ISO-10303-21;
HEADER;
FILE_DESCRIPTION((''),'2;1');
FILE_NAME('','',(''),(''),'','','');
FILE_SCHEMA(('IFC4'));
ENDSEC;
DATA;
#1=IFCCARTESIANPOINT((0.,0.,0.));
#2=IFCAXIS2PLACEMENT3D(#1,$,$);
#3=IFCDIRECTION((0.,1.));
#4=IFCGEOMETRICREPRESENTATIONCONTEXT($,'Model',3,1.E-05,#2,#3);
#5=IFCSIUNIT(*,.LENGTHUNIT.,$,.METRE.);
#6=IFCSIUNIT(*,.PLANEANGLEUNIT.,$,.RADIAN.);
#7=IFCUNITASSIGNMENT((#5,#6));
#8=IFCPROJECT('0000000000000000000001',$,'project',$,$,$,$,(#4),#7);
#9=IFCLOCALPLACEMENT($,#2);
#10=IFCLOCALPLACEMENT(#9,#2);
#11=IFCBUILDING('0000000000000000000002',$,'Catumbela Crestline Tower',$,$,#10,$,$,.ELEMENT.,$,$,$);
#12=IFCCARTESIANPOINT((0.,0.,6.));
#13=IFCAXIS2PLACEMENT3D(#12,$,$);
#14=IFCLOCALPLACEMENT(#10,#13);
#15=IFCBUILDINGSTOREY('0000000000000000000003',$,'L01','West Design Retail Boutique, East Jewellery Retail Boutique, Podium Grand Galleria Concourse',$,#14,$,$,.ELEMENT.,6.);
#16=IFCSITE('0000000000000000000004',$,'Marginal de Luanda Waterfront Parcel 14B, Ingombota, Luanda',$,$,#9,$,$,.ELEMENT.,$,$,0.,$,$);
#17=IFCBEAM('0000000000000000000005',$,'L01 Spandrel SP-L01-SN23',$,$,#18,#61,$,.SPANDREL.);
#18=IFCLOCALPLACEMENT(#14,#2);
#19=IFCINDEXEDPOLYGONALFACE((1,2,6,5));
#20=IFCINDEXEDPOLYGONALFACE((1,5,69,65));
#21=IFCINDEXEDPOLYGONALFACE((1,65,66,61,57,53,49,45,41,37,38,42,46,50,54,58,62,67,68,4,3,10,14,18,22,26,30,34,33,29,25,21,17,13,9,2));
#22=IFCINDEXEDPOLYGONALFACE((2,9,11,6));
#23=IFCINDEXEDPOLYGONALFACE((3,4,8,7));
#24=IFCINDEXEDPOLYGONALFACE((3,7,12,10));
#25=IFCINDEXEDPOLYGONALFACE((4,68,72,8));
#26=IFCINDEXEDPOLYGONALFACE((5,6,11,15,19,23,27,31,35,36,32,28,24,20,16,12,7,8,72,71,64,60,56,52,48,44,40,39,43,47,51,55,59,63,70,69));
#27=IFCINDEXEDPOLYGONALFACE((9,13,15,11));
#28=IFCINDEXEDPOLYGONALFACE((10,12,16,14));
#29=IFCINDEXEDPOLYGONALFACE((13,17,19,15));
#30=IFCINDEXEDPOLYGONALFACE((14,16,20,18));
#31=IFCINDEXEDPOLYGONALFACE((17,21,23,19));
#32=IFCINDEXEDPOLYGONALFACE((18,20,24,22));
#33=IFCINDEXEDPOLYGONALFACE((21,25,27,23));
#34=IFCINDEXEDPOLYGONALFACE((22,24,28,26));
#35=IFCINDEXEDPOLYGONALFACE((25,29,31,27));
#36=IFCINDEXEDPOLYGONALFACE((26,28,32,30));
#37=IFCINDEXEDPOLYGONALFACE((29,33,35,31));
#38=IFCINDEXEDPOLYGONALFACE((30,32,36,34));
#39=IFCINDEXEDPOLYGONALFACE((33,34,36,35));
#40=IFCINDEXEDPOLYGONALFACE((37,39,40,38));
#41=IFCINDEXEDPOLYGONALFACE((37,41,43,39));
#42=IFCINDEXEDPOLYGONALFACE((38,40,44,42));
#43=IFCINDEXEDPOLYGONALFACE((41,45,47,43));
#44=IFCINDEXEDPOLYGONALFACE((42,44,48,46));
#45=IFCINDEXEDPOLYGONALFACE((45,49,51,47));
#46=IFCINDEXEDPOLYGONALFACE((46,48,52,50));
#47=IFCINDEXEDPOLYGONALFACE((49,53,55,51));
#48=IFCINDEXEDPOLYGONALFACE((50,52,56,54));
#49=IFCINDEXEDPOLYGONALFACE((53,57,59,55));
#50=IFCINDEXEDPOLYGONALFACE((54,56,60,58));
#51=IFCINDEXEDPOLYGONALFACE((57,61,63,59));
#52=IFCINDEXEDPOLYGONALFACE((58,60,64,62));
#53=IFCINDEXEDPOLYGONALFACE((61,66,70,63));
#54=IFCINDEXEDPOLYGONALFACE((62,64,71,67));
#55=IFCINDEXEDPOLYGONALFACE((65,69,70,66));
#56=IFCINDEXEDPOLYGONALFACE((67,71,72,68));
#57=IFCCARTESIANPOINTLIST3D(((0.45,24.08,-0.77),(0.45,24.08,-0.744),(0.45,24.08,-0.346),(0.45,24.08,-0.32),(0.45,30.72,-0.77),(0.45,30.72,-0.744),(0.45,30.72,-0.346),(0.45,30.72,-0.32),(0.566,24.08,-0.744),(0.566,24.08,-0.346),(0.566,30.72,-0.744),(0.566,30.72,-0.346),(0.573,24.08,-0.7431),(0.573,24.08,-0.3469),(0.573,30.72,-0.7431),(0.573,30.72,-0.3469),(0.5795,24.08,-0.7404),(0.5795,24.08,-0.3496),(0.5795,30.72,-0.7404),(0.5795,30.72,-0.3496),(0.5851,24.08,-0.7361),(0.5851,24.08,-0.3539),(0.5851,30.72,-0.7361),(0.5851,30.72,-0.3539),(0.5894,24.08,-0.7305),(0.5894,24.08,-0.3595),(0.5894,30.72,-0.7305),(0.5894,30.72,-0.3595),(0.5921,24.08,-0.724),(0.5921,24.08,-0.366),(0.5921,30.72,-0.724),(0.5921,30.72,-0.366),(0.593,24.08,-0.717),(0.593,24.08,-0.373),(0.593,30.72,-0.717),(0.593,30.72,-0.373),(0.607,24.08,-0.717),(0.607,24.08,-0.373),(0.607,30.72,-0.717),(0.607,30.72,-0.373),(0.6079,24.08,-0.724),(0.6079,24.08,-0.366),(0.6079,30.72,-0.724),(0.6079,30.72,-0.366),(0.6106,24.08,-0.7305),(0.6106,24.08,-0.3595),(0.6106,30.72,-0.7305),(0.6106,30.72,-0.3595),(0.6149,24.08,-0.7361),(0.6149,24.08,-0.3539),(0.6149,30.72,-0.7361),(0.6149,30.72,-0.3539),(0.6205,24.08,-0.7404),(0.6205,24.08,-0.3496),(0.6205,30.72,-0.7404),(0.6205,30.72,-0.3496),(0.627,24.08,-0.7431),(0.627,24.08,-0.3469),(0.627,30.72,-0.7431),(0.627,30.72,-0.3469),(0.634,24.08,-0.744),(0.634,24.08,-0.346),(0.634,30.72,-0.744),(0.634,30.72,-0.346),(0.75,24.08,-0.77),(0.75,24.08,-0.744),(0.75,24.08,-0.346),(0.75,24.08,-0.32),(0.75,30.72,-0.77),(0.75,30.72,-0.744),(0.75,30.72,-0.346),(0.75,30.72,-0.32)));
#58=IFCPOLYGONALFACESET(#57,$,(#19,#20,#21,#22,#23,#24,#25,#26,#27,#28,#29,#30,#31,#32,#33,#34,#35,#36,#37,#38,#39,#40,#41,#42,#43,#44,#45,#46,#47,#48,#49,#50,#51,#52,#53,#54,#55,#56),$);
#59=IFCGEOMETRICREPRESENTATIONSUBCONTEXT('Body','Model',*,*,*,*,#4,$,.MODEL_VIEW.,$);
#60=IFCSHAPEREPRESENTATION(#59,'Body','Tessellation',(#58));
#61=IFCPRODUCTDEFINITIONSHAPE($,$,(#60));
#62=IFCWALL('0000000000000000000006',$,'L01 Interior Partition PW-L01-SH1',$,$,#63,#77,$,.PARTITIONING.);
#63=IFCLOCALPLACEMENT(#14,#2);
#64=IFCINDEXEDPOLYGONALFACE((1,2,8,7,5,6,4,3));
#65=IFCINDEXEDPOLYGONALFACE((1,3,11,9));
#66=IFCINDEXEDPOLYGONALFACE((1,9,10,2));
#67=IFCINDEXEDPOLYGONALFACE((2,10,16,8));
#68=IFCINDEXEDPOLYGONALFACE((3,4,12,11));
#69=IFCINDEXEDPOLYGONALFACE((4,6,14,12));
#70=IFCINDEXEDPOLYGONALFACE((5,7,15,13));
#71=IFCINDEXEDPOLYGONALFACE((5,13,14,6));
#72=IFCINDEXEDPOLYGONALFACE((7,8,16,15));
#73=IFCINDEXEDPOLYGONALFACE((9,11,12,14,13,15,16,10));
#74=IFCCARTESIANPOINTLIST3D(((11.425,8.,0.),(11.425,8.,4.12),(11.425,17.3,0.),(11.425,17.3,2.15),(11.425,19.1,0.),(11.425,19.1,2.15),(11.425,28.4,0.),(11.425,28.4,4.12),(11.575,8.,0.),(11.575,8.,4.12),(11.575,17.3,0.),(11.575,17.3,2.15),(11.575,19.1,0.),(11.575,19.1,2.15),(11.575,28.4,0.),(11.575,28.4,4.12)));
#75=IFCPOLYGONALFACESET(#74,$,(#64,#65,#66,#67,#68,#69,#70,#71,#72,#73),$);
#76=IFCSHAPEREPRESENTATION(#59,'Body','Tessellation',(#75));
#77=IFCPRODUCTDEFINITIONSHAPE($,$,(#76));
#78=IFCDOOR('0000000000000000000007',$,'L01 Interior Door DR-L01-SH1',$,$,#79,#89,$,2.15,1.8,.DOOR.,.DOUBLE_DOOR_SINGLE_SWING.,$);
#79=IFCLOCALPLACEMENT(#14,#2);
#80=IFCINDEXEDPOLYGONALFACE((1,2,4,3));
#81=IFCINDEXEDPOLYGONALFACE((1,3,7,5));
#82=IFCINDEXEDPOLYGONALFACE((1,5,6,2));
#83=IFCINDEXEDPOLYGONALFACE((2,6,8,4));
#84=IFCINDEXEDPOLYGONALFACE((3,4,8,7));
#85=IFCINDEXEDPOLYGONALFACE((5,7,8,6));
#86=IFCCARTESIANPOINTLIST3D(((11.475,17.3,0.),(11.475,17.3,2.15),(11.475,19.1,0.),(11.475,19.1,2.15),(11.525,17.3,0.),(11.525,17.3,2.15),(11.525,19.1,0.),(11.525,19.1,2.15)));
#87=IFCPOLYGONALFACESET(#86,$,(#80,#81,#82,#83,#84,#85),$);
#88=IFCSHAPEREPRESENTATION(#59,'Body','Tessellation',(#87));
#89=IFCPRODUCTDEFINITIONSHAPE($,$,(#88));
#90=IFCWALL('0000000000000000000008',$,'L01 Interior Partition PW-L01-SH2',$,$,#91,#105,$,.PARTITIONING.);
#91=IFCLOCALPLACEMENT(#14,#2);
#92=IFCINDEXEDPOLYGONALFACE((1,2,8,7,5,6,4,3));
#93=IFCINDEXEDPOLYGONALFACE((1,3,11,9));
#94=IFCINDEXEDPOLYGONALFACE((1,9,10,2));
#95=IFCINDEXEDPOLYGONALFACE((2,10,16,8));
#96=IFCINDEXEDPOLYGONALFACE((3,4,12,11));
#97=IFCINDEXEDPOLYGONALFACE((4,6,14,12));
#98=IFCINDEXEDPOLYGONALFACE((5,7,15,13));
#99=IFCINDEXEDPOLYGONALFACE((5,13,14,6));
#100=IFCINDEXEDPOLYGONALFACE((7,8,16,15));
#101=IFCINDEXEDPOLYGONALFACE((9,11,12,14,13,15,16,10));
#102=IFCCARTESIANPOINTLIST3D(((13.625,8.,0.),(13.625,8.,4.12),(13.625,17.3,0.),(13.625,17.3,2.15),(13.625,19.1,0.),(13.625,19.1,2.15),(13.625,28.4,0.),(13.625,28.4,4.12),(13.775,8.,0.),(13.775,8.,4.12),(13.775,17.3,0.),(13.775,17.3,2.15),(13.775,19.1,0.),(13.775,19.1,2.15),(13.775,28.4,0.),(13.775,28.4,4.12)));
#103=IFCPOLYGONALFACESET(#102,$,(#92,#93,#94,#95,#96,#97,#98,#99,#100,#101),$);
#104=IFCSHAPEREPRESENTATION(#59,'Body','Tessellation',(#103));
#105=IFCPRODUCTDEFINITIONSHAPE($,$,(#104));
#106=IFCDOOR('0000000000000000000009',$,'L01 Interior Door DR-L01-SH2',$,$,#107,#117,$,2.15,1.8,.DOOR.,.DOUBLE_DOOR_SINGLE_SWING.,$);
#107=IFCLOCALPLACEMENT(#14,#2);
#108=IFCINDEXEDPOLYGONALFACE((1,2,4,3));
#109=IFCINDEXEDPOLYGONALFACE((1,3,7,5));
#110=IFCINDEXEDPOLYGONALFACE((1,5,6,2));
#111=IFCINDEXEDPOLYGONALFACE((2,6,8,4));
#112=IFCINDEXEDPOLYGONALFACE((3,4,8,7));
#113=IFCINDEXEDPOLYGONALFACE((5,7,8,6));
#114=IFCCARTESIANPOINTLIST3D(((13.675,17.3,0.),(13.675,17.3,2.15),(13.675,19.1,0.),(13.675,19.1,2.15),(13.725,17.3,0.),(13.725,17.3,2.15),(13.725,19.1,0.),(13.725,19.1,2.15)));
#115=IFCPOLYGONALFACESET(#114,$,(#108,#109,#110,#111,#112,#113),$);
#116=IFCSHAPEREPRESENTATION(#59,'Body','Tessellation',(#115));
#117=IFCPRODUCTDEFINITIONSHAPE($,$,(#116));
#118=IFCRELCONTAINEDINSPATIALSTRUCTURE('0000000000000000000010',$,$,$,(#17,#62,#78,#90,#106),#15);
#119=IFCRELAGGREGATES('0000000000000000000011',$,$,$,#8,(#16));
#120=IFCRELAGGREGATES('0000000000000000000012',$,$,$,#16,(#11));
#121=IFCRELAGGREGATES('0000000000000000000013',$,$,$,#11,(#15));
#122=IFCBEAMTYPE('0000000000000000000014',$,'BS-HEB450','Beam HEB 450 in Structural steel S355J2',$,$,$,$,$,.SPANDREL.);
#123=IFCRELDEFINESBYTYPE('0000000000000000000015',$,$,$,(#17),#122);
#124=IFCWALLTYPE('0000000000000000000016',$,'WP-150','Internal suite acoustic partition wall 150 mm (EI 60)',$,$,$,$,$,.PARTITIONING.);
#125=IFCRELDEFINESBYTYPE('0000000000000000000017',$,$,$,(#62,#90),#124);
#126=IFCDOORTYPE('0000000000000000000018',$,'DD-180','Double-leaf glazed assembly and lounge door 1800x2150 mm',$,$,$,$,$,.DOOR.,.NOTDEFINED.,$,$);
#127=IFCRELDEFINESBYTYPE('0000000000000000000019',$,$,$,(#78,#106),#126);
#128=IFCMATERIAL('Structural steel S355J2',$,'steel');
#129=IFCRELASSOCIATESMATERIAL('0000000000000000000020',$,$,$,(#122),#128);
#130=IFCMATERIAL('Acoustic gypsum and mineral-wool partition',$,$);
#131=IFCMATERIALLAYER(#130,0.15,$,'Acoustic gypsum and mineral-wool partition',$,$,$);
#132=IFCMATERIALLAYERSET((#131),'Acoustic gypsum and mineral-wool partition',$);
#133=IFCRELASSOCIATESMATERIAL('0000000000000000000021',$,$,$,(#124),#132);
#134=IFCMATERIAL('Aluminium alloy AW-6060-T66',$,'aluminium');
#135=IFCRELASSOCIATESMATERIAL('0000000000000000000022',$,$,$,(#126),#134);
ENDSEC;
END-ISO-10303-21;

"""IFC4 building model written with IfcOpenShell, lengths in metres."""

from ifc_helpers import new_model, si_unit, direction, frame, frame_2d, origin, origin_2d, place, context, subcontext, project, spatial, rectangle, i_section, extrude, material, layer, layer_set, material_profile, profile_set, type_object, element, fill, save


model = new_model("IFC4")

# Units and contexts
model_context = context("Model", 3, precision=1e-05, world=origin(), true_north=direction((0.0, 1.0)))
body_context = subcontext(model_context, "Body", "Model", "MODEL_VIEW")
ifc_project = project(units=[si_unit("LENGTHUNIT", "METRE"), si_unit("PLANEANGLEUNIT", "RADIAN")], contexts=[model_context])

# Site, building, storey
site_placement = place(None, origin())
site = spatial("IfcSite", under=ifc_project, at=site_placement, Name="Marginal de Luanda Waterfront Parcel 14B, Ingombota, Luanda", CompositionType="ELEMENT", RefElevation=0.0)
building_placement = place(site_placement, origin())
building = spatial("IfcBuilding", under=site, at=building_placement, Name="Catumbela Crestline Tower", CompositionType="ELEMENT")
storey_placement = place(building_placement, frame((0.0, 0.0, 6.0)))
storey = spatial("IfcBuildingStorey", under=building, at=storey_placement, Name="L01", Description="West Design Retail Boutique, East Jewellery Retail Boutique, Podium Grand Galleria Concourse", CompositionType="ELEMENT", Elevation=6.0)

# Shared definitions
ifc_material_1 = material(Name="Structural steel S355J2", Category="steel")

# Beam
ifc_material_profile_1 = material_profile(ifc_material_1, i_section(OverallWidth=0.3, OverallDepth=0.45, WebThickness=0.014, FlangeThickness=0.026, FilletRadius=0.027, at=origin_2d()), Name="HEB 450")
ifc_profile_set_1 = profile_set([ifc_material_profile_1], Name="Structural steel S355J2")
beam_type_1 = type_object("IfcBeamType", Name="BS-HEB450", Description="Beam HEB 450 in Structural steel S355J2", PredefinedType="SPANDREL", material=ifc_profile_set_1)
beam_1_placement = place(storey_placement, frame((0.6, 24.08, -0.545), z_axis=(0.0, 1.0, 0.0), x_axis=(-1.0, 0.0, 0.0)))
element("IfcBeam", 1, at=beam_1_placement, inside=storey, type_object=beam_type_1, Name="L01 Spandrel SP-L01-SN23", PredefinedType="SPANDREL", context=body_context, shape_type="SweptSolid", body=[
    extrude(i_section(OverallWidth=0.3, OverallDepth=0.45, WebThickness=0.014, FlangeThickness=0.026, FilletRadius=0.027, at=origin_2d()), origin(), (0.0, 0.0, 1.0), 6.64),
])

# Walls, openings, doors
ifc_material_2 = material(Name="Acoustic gypsum and mineral-wool partition")
ifc_layer = layer(ifc_material_2, 0.15, Name="Acoustic gypsum and mineral-wool partition")
ifc_layer_set = layer_set([ifc_layer], Name="Acoustic gypsum and mineral-wool partition")
wall_type = type_object("IfcWallType", Name="WP-150", Description="Internal suite acoustic partition wall 150 mm (EI 60)", PredefinedType="PARTITIONING", material=ifc_layer_set)
wall_1_placement = place(storey_placement, frame((11.5, 8.0, 0.0), z_axis=(0.0, 0.0, 1.0), x_axis=(0.0, 1.0, 0.0)))
wall_1 = element("IfcWall", 2, at=wall_1_placement, inside=storey, type_object=wall_type, Name="L01 Interior Partition PW-L01-SH1", PredefinedType="PARTITIONING", context=body_context, shape_type="SweptSolid", body=[
    extrude(rectangle(XDim=20.4, YDim=0.15, at=frame_2d((10.2, 0.0))), origin(), (0.0, 0.0, 1.0), 4.12),
])
opening_1_placement = place(wall_1_placement, frame((9.3, 0.0, 0.0)))
opening_1 = element("IfcOpeningElement", 3, at=opening_1_placement, cuts=wall_1, PredefinedType="OPENING", context=body_context, shape_type="SweptSolid", body=[
    extrude(rectangle(XDim=1.8, YDim=2.15, at=frame_2d((0.9, 1.075))), frame((0.0, 0.085, 0.0), z_axis=(0.0, -1.0, 0.0), x_axis=(1.0, 0.0, 0.0)), (0.0, 0.0, 1.0), 0.17),
])
ifc_material_3 = material(Name="Aluminium alloy AW-6060-T66", Category="aluminium")
door_type = type_object("IfcDoorType", Name="DD-180", Description="Double-leaf glazed assembly and lounge door 1800x2150 mm", OperationType="NOTDEFINED", PredefinedType="DOOR", material=ifc_material_3)
door_1_placement = place(opening_1_placement, origin())
door_1 = element("IfcDoor", 4, at=door_1_placement, inside=storey, type_object=door_type, Name="L01 Interior Door DR-L01-SH1", OperationType="DOUBLE_DOOR_SINGLE_SWING", OverallHeight=2.15, OverallWidth=1.8, PredefinedType="DOOR", context=body_context, shape_type="SweptSolid", body=[
    extrude(rectangle(XDim=1.8, YDim=2.15, at=frame_2d((0.9, 1.075))), frame((0.0, 0.025, 0.0), z_axis=(0.0, -1.0, 0.0), x_axis=(1.0, 0.0, 0.0)), (0.0, 0.0, 1.0), 0.05),
])
fill(opening_1, door_1)
wall_2_placement = place(storey_placement, frame((13.7, 8.0, 0.0), z_axis=(0.0, 0.0, 1.0), x_axis=(0.0, 1.0, 0.0)))
wall_2 = element("IfcWall", 5, at=wall_2_placement, inside=storey, type_object=wall_type, Name="L01 Interior Partition PW-L01-SH2", PredefinedType="PARTITIONING", context=body_context, shape_type="SweptSolid", body=[
    extrude(rectangle(XDim=20.4, YDim=0.15, at=frame_2d((10.2, 0.0))), origin(), (0.0, 0.0, 1.0), 4.12),
])
opening_2_placement = place(wall_2_placement, frame((9.3, 0.0, 0.0)))
opening_2 = element("IfcOpeningElement", 6, at=opening_2_placement, cuts=wall_2, PredefinedType="OPENING", context=body_context, shape_type="SweptSolid", body=[
    extrude(rectangle(XDim=1.8, YDim=2.15, at=frame_2d((0.9, 1.075))), frame((0.0, 0.085, 0.0), z_axis=(0.0, -1.0, 0.0), x_axis=(1.0, 0.0, 0.0)), (0.0, 0.0, 1.0), 0.17),
])
door_2_placement = place(opening_2_placement, origin())
door_2 = element("IfcDoor", 7, at=door_2_placement, inside=storey, type_object=door_type, Name="L01 Interior Door DR-L01-SH2", OperationType="DOUBLE_DOOR_SINGLE_SWING", OverallHeight=2.15, OverallWidth=1.8, PredefinedType="DOOR", context=body_context, shape_type="SweptSolid", body=[
    extrude(rectangle(XDim=1.8, YDim=2.15, at=frame_2d((0.9, 1.075))), frame((0.0, 0.025, 0.0), z_axis=(0.0, -1.0, 0.0), x_axis=(1.0, 0.0, 0.0)), (0.0, 0.0, 1.0), 0.05),
])
fill(opening_2, door_2)

save(model, "model.ifc")
